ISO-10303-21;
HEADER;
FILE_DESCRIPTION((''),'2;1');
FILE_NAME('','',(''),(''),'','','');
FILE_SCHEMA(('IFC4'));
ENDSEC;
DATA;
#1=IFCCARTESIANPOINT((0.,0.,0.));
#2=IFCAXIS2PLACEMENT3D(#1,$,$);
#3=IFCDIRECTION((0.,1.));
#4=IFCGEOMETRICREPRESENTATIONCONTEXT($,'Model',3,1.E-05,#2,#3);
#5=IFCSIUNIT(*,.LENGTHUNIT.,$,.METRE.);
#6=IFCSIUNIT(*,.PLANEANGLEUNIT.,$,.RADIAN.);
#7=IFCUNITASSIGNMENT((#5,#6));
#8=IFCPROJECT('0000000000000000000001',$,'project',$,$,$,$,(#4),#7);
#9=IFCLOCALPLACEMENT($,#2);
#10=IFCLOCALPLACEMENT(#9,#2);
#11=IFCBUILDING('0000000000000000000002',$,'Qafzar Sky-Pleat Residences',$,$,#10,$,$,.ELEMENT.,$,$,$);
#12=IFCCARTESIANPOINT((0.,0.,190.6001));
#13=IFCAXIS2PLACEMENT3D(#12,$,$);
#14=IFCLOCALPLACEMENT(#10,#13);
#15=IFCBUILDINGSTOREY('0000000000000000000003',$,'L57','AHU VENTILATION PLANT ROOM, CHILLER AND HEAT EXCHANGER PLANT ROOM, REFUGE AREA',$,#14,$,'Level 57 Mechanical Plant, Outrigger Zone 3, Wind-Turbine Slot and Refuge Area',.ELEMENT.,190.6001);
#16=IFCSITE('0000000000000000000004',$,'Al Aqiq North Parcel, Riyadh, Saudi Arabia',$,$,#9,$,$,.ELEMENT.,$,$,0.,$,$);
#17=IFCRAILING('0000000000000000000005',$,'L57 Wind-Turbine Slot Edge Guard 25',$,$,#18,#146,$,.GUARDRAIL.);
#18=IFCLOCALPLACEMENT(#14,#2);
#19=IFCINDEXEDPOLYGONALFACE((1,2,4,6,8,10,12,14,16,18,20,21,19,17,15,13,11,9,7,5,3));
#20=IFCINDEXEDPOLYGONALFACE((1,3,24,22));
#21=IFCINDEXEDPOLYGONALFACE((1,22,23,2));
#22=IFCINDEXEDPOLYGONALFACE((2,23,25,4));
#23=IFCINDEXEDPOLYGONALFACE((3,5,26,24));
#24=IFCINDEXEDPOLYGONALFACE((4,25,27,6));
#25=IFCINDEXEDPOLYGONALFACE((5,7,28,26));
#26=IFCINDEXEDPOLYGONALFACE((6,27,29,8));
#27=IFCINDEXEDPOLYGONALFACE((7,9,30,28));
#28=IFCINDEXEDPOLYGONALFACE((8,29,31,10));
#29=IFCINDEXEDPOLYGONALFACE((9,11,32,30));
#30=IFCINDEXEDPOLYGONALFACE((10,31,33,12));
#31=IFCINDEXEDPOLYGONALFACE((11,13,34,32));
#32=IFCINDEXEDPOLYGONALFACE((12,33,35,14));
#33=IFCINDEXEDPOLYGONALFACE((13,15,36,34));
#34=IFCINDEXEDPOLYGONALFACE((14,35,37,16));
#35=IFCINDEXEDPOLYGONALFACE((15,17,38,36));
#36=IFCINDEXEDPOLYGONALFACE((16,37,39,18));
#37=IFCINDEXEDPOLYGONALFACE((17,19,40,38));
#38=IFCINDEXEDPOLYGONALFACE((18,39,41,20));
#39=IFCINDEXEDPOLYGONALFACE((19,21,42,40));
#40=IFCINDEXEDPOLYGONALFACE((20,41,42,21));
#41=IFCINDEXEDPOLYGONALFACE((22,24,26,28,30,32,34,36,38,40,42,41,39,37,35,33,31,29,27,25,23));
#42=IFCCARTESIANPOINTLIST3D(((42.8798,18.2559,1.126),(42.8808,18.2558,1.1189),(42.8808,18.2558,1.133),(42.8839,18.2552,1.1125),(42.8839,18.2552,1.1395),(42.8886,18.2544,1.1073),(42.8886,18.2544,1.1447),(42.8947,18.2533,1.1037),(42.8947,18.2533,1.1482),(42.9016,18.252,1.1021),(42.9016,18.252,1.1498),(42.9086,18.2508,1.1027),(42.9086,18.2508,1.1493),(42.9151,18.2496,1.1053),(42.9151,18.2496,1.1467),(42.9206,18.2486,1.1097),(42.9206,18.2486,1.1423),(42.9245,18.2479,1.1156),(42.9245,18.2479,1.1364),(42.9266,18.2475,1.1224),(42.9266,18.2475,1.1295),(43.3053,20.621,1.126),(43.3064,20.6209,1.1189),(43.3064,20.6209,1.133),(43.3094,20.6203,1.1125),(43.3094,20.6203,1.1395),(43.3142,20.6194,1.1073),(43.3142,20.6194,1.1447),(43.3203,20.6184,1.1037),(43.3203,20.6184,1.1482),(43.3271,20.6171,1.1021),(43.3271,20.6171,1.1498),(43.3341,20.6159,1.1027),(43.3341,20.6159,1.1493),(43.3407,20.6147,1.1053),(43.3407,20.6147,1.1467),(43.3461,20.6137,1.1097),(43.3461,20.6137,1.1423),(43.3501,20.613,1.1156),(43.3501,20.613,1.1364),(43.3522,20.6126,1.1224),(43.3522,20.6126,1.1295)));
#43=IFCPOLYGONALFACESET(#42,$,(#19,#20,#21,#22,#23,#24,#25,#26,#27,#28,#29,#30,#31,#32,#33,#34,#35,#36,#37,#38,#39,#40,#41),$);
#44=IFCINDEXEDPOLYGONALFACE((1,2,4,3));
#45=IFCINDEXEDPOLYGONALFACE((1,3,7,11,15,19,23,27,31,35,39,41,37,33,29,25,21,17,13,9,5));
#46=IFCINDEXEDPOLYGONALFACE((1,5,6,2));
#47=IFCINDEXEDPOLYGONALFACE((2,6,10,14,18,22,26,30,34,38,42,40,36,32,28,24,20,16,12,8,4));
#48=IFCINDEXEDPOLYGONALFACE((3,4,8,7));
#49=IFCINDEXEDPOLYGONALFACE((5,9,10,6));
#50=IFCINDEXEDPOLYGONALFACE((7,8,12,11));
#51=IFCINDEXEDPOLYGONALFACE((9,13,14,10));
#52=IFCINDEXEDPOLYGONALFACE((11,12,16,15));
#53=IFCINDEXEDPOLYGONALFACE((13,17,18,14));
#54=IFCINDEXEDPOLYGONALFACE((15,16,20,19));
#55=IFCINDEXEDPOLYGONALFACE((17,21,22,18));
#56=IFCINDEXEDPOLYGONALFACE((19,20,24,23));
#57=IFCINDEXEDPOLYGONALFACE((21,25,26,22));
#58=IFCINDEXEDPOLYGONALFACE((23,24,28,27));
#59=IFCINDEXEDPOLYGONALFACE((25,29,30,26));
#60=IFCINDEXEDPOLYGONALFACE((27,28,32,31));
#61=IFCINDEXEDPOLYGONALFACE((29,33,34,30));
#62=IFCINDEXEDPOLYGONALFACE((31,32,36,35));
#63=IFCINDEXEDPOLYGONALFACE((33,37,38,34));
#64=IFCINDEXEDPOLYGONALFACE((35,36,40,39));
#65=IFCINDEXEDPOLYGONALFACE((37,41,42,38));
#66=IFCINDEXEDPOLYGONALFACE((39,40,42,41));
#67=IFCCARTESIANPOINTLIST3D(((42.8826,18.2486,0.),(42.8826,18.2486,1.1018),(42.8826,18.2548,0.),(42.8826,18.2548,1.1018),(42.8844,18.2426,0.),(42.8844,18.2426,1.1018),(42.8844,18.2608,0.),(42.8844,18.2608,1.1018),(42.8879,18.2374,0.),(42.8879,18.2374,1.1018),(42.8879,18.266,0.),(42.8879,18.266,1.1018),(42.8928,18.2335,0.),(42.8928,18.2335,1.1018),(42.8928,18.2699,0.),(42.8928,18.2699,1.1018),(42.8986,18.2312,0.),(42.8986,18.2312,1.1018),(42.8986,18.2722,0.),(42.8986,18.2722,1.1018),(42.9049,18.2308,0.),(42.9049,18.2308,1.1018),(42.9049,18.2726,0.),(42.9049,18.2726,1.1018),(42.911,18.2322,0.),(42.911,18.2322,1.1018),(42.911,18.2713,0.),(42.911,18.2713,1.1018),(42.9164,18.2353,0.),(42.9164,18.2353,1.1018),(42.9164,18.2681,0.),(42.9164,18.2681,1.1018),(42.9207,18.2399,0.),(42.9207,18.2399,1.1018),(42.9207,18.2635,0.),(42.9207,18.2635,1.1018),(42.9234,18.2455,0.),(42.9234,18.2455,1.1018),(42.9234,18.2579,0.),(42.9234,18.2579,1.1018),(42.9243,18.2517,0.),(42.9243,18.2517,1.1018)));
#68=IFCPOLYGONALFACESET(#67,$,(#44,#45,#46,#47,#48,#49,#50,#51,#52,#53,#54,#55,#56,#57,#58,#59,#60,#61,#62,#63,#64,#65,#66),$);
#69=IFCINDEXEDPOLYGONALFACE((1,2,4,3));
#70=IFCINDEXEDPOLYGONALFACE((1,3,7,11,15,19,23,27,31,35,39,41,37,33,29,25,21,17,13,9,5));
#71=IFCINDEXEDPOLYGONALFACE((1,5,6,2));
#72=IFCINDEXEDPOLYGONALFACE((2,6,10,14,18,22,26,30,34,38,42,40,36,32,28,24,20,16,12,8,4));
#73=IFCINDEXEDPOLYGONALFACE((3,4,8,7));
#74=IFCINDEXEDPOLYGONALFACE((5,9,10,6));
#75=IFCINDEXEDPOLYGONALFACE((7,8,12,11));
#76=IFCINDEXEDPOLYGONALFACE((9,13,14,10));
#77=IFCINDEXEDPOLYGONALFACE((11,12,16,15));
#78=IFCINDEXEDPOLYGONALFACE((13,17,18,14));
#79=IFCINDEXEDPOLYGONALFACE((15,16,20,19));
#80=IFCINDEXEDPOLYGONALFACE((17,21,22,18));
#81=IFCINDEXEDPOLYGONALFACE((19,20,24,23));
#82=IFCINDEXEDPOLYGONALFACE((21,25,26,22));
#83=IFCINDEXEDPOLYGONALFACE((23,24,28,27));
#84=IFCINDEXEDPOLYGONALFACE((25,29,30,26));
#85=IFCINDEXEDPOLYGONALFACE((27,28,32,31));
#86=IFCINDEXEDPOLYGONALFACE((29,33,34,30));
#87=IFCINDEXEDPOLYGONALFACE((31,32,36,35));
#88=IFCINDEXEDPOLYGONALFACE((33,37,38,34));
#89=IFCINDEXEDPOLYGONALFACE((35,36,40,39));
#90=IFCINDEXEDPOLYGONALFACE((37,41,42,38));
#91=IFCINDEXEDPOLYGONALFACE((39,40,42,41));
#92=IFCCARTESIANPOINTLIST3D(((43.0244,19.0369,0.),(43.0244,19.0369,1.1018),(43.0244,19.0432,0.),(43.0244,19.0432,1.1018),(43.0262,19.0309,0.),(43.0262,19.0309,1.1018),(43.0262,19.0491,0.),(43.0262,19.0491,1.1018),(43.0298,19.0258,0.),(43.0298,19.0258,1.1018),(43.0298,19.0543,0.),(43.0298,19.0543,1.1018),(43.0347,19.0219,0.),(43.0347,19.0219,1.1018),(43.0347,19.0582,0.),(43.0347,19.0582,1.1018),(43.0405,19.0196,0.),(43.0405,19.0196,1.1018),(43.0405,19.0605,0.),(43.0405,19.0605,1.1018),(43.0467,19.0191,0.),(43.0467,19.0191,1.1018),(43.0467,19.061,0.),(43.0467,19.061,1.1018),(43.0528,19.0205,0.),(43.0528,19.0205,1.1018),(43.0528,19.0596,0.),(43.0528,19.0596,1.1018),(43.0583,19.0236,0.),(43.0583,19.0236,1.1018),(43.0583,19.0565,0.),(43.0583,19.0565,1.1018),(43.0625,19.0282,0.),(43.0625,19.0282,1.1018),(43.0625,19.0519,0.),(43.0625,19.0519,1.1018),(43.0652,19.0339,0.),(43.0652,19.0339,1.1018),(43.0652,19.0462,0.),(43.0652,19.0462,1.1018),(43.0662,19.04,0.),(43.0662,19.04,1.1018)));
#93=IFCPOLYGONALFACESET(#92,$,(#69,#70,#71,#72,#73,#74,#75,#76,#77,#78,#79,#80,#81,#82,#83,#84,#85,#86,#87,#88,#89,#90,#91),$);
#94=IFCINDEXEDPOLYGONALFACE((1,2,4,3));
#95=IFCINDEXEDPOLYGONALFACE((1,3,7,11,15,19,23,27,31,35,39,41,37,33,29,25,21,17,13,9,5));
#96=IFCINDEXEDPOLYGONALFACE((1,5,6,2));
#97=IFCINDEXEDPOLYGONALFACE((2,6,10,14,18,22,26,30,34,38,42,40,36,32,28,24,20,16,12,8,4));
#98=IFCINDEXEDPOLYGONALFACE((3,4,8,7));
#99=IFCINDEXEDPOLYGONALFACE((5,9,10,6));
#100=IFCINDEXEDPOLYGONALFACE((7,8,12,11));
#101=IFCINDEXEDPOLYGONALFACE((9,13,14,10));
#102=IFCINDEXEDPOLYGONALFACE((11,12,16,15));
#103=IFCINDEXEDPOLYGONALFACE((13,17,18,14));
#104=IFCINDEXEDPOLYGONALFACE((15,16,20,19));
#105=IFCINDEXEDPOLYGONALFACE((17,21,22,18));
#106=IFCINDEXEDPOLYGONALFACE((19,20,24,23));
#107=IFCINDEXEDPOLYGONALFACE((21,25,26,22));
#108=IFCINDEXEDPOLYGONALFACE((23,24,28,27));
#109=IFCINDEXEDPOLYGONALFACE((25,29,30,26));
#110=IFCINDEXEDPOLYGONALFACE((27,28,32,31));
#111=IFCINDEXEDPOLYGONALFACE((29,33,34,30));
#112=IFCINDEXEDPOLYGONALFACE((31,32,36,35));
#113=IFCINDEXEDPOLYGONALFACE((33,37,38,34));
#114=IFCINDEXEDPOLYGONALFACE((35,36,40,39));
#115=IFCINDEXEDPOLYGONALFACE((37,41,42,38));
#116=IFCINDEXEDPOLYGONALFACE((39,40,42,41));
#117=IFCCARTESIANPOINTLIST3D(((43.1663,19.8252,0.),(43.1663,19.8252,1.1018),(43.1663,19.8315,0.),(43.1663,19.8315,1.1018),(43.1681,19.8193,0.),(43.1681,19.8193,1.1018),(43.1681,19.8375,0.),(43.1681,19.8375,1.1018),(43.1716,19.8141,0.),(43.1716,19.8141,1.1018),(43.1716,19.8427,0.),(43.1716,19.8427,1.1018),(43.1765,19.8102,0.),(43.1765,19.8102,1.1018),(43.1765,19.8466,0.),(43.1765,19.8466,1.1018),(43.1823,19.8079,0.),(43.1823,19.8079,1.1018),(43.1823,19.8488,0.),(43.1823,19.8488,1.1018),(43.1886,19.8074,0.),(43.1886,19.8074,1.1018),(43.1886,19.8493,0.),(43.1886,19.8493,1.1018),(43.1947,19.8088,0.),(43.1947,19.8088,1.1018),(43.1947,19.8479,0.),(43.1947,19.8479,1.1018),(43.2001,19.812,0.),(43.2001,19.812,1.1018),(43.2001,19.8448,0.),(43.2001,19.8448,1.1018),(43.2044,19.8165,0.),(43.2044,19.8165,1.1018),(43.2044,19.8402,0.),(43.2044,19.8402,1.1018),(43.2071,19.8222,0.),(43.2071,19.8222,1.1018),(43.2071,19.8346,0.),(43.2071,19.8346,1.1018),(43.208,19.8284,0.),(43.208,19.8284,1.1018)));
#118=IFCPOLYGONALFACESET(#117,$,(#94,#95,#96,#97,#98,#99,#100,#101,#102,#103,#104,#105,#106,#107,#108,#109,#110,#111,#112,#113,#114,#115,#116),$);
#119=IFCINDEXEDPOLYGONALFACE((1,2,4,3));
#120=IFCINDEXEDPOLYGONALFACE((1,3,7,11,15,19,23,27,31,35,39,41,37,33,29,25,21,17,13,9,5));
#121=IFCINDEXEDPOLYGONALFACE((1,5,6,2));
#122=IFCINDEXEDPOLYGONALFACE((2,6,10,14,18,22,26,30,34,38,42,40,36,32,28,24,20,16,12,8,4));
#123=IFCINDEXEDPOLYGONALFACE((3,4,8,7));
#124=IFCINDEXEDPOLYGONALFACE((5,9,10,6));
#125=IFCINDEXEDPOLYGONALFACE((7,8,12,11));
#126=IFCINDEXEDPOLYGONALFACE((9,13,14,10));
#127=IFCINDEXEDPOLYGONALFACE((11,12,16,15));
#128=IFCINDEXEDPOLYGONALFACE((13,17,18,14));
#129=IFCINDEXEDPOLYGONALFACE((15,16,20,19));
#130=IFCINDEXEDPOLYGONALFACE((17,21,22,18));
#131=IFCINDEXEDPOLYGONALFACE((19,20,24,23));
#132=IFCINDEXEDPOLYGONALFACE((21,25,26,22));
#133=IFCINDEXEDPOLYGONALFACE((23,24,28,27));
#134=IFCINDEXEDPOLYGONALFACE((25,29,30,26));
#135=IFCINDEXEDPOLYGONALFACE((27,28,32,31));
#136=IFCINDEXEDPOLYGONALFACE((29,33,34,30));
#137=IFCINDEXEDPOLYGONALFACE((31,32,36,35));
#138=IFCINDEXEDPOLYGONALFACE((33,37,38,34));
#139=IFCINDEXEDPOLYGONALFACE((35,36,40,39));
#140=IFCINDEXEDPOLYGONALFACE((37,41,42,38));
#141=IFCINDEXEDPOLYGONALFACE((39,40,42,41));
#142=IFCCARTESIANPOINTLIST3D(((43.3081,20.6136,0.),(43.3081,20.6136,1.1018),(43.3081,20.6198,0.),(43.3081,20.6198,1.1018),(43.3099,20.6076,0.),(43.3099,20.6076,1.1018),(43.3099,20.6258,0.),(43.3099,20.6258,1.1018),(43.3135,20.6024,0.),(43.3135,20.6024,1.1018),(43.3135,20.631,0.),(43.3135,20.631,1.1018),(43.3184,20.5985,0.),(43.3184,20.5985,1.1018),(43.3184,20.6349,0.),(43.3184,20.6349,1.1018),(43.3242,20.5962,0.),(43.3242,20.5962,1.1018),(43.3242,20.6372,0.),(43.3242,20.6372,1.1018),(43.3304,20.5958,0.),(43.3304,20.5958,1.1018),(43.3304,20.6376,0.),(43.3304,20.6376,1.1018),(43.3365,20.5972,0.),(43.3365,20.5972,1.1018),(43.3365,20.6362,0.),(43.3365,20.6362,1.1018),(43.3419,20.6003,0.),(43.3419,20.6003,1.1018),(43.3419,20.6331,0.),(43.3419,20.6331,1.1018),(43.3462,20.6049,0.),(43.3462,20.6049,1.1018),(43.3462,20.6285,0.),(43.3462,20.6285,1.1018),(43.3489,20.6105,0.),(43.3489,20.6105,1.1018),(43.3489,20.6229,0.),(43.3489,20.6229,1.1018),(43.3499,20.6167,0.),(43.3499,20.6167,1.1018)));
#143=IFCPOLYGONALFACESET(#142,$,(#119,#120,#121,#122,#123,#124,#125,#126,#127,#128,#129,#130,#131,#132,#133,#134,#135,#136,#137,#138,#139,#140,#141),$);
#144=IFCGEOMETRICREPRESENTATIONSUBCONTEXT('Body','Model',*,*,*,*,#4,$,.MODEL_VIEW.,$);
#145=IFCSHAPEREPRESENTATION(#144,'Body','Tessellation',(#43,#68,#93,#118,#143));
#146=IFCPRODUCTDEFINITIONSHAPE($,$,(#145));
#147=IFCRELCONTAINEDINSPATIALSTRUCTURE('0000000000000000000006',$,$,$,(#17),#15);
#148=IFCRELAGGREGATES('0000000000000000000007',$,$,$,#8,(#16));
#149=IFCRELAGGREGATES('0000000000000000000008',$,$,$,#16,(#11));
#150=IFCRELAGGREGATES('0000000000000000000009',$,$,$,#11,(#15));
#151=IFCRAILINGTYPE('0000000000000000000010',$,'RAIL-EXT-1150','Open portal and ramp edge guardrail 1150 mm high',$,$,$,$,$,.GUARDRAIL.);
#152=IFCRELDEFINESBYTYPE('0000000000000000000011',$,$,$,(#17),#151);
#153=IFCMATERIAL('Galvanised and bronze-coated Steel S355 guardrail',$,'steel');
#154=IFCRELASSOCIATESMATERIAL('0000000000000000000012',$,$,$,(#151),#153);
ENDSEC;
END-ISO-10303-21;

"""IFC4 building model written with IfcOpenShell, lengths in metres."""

from ifc_helpers import new_model, si_unit, direction, frame, origin, origin_2d, place, context, subcontext, project, spatial, circle, extrude, source, transform, mapped, material, type_object, element, save


model = new_model("IFC4")

# Units and contexts
model_context = context("Model", 3, precision=1e-05, world=origin(), true_north=direction((0.0, 1.0)))
body_context = subcontext(model_context, "Body", "Model", "MODEL_VIEW")
ifc_project = project(units=[si_unit("LENGTHUNIT", "METRE"), si_unit("PLANEANGLEUNIT", "RADIAN")], contexts=[model_context])

# Site, building, storey
site_placement = place(None, origin())
site = spatial("IfcSite", under=ifc_project, at=site_placement, Name="Al Aqiq North Parcel, Riyadh, Saudi Arabia", CompositionType="ELEMENT", RefElevation=0.0)
building_placement = place(site_placement, origin())
building = spatial("IfcBuilding", under=site, at=building_placement, Name="Qafzar Sky-Pleat Residences", CompositionType="ELEMENT")
storey_placement = place(building_placement, frame((0.0, 0.0, 190.6001)))
storey = spatial("IfcBuildingStorey", under=building, at=storey_placement, Name="L57", Description="AHU VENTILATION PLANT ROOM, CHILLER AND HEAT EXCHANGER PLANT ROOM, REFUGE AREA", LongName="Level 57 Mechanical Plant, Outrigger Zone 3, Wind-Turbine Slot and Refuge Area", CompositionType="ELEMENT", Elevation=190.6001)

# Railing
ifc_material_1 = material(Name="Galvanised and bronze-coated Steel S355 guardrail", Category="steel")
railing_type_1 = type_object("IfcRailingType", Name="RAIL-EXT-1150", Description="Open portal and ramp edge guardrail 1150 mm high", PredefinedType="GUARDRAIL", material=ifc_material_1)
shared_shape_1 = source(origin(), body_context, "Body", "SweptSolid", [
    extrude(circle(Radius=0.0239, at=origin_2d()), frame((0.0, 0.0, 1.126), z_axis=(0.177088, 0.984195, 0.0), x_axis=(-0.984195, 0.177088, 0.0)), (0.0, 0.0, 1.0), 2.4031),
    extrude(circle(Radius=0.021, at=origin_2d()), origin(), (0.0, 0.0, 1.0), 1.1018),
    extrude(circle(Radius=0.021, at=origin_2d()), frame((0.1418, 0.7883, 0.0)), (0.0, 0.0, 1.0), 1.1018),
    extrude(circle(Radius=0.021, at=origin_2d()), frame((0.2837, 1.5767, 0.0)), (0.0, 0.0, 1.0), 1.1018),
    extrude(circle(Radius=0.021, at=origin_2d()), frame((0.4255, 2.365, 0.0)), (0.0, 0.0, 1.0), 1.1018),
])
railing_1_placement = place(storey_placement, frame((42.9033, 18.2517, 0.0)))
element("IfcRailing", 1, at=railing_1_placement, inside=storey, type_object=railing_type_1, Name="L57 Wind-Turbine Slot Edge Guard 25", PredefinedType="GUARDRAIL", context=body_context, shape_type="MappedRepresentation", body=[
    mapped(shared_shape_1, transform((0.0, 0.0, 0.0), x_axis=(1.0, 0.0, 0.0), y_axis=(0.0, 1.0, 0.0), z_axis=(0.0, 0.0, 1.0), scale=1.0)),
])

save(model, "model.ifc")
